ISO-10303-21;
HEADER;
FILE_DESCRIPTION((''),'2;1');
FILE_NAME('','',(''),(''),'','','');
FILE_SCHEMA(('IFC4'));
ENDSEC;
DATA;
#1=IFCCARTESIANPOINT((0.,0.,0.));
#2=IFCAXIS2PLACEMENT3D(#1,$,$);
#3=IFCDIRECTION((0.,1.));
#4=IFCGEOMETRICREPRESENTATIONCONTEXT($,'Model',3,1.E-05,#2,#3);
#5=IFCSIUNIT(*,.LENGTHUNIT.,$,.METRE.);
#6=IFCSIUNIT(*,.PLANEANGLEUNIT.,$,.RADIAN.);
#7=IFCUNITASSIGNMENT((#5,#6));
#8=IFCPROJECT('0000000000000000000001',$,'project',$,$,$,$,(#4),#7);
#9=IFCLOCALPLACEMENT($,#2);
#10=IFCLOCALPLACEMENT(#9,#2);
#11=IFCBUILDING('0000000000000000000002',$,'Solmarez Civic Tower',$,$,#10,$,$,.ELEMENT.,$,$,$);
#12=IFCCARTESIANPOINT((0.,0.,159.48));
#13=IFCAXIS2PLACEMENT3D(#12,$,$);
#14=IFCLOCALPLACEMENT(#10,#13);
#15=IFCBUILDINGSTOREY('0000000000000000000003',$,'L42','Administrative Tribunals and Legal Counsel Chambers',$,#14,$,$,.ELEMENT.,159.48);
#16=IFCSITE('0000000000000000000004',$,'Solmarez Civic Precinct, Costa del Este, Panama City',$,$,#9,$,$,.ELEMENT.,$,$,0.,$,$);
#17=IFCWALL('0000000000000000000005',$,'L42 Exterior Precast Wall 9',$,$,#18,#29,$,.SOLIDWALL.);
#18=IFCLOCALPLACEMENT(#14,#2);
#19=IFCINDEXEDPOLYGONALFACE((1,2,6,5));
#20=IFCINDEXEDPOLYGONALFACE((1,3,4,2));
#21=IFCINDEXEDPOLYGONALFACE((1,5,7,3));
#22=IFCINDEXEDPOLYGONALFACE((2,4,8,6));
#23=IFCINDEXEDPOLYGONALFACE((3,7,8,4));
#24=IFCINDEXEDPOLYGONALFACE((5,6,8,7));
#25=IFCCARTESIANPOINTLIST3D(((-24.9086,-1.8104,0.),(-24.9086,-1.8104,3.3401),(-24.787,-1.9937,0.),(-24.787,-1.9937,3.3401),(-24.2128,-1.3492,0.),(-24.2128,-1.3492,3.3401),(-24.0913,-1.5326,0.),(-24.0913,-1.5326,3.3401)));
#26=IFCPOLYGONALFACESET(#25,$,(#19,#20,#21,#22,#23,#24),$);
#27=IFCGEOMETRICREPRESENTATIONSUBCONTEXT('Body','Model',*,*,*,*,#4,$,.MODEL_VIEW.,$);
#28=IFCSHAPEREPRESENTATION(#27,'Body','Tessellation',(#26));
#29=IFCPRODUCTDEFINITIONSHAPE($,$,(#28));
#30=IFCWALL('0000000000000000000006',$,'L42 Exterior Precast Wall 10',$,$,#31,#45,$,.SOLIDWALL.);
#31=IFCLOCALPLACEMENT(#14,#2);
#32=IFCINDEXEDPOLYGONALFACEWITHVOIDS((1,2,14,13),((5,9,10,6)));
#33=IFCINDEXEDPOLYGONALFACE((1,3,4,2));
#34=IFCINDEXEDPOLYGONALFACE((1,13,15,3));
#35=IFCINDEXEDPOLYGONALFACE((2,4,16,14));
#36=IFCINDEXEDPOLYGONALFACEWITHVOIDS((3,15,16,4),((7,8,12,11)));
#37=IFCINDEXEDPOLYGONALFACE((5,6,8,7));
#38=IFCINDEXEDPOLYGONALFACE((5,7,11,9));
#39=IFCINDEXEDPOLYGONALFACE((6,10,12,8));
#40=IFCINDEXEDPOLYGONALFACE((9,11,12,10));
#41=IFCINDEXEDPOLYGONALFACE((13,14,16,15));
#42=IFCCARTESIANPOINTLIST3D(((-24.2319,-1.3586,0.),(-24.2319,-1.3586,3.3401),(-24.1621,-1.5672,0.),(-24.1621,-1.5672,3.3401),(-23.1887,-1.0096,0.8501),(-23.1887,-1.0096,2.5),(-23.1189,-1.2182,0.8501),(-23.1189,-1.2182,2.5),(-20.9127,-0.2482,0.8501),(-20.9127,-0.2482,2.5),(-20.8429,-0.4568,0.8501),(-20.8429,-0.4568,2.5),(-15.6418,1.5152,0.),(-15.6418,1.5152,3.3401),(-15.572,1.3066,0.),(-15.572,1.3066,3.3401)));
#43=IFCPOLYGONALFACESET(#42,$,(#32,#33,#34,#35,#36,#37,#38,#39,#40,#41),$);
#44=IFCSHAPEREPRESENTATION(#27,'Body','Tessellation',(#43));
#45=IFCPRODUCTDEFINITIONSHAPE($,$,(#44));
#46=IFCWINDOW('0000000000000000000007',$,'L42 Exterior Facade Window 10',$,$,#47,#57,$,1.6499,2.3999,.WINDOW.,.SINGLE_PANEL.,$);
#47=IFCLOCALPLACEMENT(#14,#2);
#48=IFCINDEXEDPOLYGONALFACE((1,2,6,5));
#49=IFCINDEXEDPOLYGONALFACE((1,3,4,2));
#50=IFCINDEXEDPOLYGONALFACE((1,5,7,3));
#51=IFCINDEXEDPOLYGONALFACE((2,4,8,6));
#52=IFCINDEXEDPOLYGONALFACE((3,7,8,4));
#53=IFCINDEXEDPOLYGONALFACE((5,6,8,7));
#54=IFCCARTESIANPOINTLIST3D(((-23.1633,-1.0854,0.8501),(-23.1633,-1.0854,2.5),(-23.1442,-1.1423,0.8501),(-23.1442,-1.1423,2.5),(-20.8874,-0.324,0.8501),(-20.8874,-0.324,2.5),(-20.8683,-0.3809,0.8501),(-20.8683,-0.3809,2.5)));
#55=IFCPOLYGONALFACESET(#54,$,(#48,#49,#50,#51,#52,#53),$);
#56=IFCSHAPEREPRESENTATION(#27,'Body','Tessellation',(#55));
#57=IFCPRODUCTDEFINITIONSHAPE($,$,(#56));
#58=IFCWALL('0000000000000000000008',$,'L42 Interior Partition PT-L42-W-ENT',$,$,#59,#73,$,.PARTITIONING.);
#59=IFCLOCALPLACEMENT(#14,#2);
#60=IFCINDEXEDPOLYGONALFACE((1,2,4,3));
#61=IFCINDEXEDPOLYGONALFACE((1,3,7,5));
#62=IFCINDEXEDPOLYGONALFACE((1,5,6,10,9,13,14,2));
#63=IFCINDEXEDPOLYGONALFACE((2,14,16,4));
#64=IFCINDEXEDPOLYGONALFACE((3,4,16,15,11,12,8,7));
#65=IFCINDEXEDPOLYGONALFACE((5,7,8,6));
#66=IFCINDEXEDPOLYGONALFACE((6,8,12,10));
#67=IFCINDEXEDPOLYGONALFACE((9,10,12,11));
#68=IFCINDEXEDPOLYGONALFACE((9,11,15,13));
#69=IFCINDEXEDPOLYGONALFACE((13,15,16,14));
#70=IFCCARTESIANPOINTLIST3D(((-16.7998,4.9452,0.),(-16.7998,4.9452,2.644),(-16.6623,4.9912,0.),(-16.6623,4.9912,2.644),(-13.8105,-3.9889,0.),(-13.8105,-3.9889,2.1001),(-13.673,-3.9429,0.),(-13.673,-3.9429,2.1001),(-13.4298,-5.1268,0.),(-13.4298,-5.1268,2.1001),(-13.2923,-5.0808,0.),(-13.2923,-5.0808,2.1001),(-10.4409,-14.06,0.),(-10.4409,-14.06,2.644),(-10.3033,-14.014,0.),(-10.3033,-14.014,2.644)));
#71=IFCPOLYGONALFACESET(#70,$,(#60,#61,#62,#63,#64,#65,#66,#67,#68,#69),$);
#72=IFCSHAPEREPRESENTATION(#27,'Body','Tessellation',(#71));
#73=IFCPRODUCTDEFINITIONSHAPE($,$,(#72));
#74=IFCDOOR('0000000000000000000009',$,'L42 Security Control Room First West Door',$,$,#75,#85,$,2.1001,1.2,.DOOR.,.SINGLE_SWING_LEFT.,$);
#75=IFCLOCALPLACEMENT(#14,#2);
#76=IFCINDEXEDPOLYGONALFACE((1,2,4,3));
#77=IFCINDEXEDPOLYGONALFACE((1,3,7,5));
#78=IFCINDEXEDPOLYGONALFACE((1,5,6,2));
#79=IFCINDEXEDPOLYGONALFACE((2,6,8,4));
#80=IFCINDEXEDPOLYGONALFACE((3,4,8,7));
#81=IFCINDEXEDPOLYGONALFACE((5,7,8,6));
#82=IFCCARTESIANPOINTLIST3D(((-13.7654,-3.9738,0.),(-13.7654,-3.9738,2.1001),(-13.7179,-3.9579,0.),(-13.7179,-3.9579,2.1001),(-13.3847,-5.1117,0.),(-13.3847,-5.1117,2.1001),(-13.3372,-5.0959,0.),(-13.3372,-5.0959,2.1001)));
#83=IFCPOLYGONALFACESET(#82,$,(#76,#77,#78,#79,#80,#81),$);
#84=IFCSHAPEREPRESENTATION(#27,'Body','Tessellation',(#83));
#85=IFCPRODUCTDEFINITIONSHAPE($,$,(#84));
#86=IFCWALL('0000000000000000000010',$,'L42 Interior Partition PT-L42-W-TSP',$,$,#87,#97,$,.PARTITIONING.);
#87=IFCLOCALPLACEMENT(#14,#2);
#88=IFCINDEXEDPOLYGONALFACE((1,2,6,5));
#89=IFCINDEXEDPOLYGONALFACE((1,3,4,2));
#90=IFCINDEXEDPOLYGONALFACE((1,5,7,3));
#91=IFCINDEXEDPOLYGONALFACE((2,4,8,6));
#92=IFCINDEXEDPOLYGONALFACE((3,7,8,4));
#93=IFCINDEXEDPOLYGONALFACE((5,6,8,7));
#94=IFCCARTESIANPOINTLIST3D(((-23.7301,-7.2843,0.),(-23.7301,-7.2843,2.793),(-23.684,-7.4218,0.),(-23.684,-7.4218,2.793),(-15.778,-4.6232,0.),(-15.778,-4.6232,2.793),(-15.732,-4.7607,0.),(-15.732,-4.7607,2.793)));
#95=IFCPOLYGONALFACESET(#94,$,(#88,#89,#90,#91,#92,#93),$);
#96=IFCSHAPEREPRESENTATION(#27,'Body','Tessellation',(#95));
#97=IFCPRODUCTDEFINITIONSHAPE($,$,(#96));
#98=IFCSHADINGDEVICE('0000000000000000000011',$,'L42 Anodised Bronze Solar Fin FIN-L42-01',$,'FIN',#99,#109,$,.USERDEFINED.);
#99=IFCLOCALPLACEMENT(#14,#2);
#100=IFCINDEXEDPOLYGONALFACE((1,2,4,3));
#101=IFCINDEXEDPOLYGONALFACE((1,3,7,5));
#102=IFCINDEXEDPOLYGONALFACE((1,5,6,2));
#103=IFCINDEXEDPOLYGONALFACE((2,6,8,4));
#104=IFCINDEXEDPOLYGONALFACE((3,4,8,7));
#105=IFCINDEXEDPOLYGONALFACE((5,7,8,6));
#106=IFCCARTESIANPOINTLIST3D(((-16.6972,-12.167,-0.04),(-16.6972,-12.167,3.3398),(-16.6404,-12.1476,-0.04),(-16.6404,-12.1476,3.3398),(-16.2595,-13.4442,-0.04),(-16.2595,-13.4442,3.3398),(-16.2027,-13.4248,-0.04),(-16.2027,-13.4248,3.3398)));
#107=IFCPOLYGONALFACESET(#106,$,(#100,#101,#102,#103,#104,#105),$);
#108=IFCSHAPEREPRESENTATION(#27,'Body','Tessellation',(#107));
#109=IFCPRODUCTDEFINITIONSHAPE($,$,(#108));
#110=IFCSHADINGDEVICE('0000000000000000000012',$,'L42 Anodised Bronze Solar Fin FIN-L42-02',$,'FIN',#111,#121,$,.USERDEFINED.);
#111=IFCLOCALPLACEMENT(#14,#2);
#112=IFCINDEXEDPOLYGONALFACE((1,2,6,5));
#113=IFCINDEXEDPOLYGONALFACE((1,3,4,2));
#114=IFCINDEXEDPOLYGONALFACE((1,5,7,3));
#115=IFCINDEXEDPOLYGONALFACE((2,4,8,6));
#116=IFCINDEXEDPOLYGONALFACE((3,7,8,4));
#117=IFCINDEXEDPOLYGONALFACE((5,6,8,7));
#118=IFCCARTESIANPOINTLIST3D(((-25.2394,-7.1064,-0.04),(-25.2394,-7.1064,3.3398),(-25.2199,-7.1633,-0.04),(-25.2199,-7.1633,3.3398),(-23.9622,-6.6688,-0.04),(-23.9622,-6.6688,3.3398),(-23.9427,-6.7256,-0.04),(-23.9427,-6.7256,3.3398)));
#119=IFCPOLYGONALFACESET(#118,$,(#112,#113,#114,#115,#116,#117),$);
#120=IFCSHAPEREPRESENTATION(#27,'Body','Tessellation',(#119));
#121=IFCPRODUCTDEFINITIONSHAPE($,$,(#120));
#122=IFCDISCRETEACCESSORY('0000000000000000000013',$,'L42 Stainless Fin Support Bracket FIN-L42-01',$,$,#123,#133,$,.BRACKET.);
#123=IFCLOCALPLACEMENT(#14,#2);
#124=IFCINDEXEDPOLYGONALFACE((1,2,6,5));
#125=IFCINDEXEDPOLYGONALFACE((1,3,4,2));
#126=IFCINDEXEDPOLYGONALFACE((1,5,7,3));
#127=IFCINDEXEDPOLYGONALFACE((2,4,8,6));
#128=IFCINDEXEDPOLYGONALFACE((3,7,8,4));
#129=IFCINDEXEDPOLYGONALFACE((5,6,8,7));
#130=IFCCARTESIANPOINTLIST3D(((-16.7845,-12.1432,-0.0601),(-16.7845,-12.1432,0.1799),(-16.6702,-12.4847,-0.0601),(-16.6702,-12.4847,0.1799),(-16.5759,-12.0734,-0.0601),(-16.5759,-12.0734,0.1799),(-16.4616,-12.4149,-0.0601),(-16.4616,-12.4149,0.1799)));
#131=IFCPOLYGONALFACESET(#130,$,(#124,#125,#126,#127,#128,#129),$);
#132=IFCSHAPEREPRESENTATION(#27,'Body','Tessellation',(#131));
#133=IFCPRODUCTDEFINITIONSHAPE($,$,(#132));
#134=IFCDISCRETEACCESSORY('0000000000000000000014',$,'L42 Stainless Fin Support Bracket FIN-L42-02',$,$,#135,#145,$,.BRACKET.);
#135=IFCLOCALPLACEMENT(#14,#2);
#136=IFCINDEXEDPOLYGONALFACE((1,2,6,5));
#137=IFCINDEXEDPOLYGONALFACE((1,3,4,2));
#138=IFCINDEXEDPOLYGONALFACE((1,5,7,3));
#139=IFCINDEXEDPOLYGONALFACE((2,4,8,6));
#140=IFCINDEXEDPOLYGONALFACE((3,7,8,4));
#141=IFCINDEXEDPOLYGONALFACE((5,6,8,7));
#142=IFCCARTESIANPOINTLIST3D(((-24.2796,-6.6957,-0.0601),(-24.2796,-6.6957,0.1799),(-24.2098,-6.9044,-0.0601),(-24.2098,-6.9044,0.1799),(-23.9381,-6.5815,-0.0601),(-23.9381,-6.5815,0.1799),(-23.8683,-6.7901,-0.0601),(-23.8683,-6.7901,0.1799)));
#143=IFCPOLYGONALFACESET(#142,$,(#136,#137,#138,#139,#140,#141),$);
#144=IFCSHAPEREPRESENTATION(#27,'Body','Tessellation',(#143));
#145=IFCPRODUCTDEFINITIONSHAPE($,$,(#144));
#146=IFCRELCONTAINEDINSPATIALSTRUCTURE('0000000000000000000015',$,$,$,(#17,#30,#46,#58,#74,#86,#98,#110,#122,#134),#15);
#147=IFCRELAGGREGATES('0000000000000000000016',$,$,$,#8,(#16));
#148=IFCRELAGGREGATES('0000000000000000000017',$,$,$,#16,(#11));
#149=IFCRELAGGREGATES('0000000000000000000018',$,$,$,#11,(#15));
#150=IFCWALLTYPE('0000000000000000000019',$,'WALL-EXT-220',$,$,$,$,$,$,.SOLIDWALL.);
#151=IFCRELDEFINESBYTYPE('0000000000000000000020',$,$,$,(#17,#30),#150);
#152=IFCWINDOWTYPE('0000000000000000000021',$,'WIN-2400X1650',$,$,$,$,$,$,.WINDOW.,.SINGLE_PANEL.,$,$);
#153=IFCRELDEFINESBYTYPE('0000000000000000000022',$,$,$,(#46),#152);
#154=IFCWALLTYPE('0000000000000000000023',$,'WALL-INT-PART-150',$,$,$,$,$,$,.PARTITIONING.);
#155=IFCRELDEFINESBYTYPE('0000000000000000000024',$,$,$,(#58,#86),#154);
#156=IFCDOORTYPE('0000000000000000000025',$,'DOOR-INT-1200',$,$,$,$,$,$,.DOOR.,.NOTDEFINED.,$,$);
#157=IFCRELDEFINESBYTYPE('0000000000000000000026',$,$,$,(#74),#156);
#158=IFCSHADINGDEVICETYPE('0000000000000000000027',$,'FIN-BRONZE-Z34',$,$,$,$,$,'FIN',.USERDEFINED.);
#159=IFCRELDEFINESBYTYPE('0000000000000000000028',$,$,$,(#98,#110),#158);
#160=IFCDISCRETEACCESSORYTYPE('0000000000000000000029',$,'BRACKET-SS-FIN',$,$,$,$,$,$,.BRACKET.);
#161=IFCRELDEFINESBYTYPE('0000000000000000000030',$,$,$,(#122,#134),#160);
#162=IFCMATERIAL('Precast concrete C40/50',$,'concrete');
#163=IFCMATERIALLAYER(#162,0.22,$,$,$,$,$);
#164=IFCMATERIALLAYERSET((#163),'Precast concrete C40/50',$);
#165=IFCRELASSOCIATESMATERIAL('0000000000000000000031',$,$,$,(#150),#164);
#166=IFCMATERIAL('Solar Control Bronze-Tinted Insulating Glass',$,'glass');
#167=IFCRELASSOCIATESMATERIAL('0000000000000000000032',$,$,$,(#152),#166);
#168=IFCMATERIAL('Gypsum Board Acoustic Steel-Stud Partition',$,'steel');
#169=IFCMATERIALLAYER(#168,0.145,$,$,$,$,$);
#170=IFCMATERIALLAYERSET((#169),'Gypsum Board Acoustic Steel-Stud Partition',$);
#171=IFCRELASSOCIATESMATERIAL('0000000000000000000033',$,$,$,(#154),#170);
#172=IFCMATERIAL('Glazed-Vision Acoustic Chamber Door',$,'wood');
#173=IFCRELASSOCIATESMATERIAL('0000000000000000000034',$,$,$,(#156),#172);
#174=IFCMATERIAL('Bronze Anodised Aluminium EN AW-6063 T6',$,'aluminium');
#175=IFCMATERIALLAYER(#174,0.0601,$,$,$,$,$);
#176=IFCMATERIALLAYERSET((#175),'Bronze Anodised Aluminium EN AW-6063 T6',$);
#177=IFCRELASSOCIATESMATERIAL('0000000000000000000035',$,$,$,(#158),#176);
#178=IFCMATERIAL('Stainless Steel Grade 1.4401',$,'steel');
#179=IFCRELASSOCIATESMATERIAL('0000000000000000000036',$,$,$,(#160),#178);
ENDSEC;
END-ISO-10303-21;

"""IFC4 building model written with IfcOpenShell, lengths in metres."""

from ifc_helpers import new_model, si_unit, direction, frame, frame_2d, origin, origin_2d, place, context, subcontext, project, spatial, rectangle, extrude, material, layer, layer_set, type_object, element, fill, save


model = new_model("IFC4")

# Units and contexts
model_context = context("Model", 3, precision=1e-05, world=origin(), true_north=direction((0.0, 1.0)))
body_context = subcontext(model_context, "Body", "Model", "MODEL_VIEW")
ifc_project = project(units=[si_unit("LENGTHUNIT", "METRE"), si_unit("PLANEANGLEUNIT", "RADIAN")], contexts=[model_context])

# Site, building, storey
site_placement = place(None, origin())
site = spatial("IfcSite", under=ifc_project, at=site_placement, Name="Solmarez Civic Precinct, Costa del Este, Panama City", CompositionType="ELEMENT", RefElevation=0.0)
building_placement = place(site_placement, origin())
building = spatial("IfcBuilding", under=site, at=building_placement, Name="Solmarez Civic Tower", CompositionType="ELEMENT")
storey_placement = place(building_placement, frame((0.0, 0.0, 159.48)))
storey = spatial("IfcBuildingStorey", under=building, at=storey_placement, Name="L42", Description="Administrative Tribunals and Legal Counsel Chambers", CompositionType="ELEMENT", Elevation=159.48)

# Shared definitions
ifc_material_1 = material(Name="Precast concrete C40/50", Category="concrete")
ifc_layer_1 = layer(ifc_material_1, 0.22)
ifc_layer_set_1 = layer_set([ifc_layer_1], Name="Precast concrete C40/50")
wall_type_1 = type_object("IfcWallType", Name="WALL-EXT-220", PredefinedType="SOLIDWALL", material=ifc_layer_set_1)
ifc_material_2 = material(Name="Solar Control Bronze-Tinted Insulating Glass", Category="glass")

# Wall
wall_1_placement = place(storey_placement, frame((-24.8479, -1.9021, 0.0), z_axis=(0.0, 0.0, 1.0), x_axis=(0.833532, 0.552471, 0.0)))
element("IfcWall", 1, at=wall_1_placement, inside=storey, type_object=wall_type_1, Name="L42 Exterior Precast Wall 9", PredefinedType="SOLIDWALL", context=body_context, shape_type="SweptSolid", body=[
    extrude(rectangle(XDim=0.8347, YDim=0.22, at=frame_2d((0.4175, 0.0))), origin(), (0.0, 0.0, 1.0), 3.3401),
])

# Wall, opening, window
wall_2_placement = place(storey_placement, frame((-24.197, -1.4629, 0.0), z_axis=(0.0, 0.0, 1.0), x_axis=(0.948338, 0.317263, 0.0)))
wall_2 = element("IfcWall", 2, at=wall_2_placement, inside=storey, type_object=wall_type_1, Name="L42 Exterior Precast Wall 10", PredefinedType="SOLIDWALL", context=body_context, shape_type="SweptSolid", body=[
    extrude(rectangle(XDim=9.0581, YDim=0.22, at=frame_2d((4.5291, 0.0))), origin(), (0.0, 0.0, 1.0), 3.3401),
])
opening_1_placement = place(wall_2_placement, frame((1.1001, 0.0, 0.8501)))
opening_1 = element("IfcOpeningElement", 3, at=opening_1_placement, cuts=wall_2, PredefinedType="OPENING", context=body_context, shape_type="SweptSolid", body=[
    extrude(rectangle(XDim=2.3999, YDim=1.6499, at=frame_2d((1.2, 0.825))), frame((0.0, 0.1199, 0.0), z_axis=(0.0, -1.0, 0.0), x_axis=(1.0, 0.0, 0.0)), (0.0, 0.0, 1.0), 0.24),
])
window_type_1 = type_object("IfcWindowType", Name="WIN-2400X1650", PartitioningType="SINGLE_PANEL", PredefinedType="WINDOW", material=ifc_material_2)
window_1_placement = place(opening_1_placement, origin())
window_1 = element("IfcWindow", 4, at=window_1_placement, inside=storey, type_object=window_type_1, Name="L42 Exterior Facade Window 10", OverallHeight=1.6499, OverallWidth=2.3999, PartitioningType="SINGLE_PANEL", PredefinedType="WINDOW", context=body_context, shape_type="SweptSolid", body=[
    extrude(rectangle(XDim=2.3999, YDim=1.6499, at=frame_2d((1.2, 0.825))), frame((0.0, 0.03, 0.0), z_axis=(0.0, -1.0, 0.0), x_axis=(1.0, 0.0, 0.0)), (0.0, 0.0, 1.0), 0.0601),
])
fill(opening_1, window_1)

# Wall, opening, door
ifc_material_3 = material(Name="Gypsum Board Acoustic Steel-Stud Partition", Category="steel")
ifc_layer_2 = layer(ifc_material_3, 0.145)
ifc_layer_set_2 = layer_set([ifc_layer_2], Name="Gypsum Board Acoustic Steel-Stud Partition")
wall_type_2 = type_object("IfcWallType", Name="WALL-INT-PART-150", PredefinedType="PARTITIONING", material=ifc_layer_set_2)
wall_3_placement = place(storey_placement, frame((-10.3721, -14.0371, 0.0), z_axis=(0.0, 0.0, 1.0), x_axis=(-0.317298, 0.948326, 0.0)))
wall_3 = element("IfcWall", 5, at=wall_3_placement, inside=storey, type_object=wall_type_2, Name="L42 Interior Partition PT-L42-W-ENT", PredefinedType="PARTITIONING", context=body_context, shape_type="SweptSolid", body=[
    extrude(rectangle(XDim=20.0408, YDim=0.145, at=frame_2d((10.0205, 0.0))), origin(), (0.0, 0.0, 1.0), 2.644),
])
opening_2_placement = place(wall_3_placement, frame((9.4199, 0.0, 0.0)))
opening_2 = element("IfcOpeningElement", 6, at=opening_2_placement, cuts=wall_3, PredefinedType="OPENING", context=body_context, shape_type="SweptSolid", body=[
    extrude(rectangle(XDim=1.2, YDim=2.1001, at=frame_2d((0.6001, 1.05))), frame((0.0, 0.0825, 0.0), z_axis=(0.0, -1.0, 0.0), x_axis=(1.0, 0.0, 0.0)), (0.0, 0.0, 1.0), 0.165),
])
ifc_material_4 = material(Name="Glazed-Vision Acoustic Chamber Door", Category="wood")
door_type = type_object("IfcDoorType", Name="DOOR-INT-1200", OperationType="NOTDEFINED", PredefinedType="DOOR", material=ifc_material_4)
door_placement = place(opening_2_placement, origin())
door = element("IfcDoor", 7, at=door_placement, inside=storey, type_object=door_type, Name="L42 Security Control Room First West Door", OperationType="SINGLE_SWING_LEFT", OverallHeight=2.1001, OverallWidth=1.2, PredefinedType="DOOR", context=body_context, shape_type="SweptSolid", body=[
    extrude(rectangle(XDim=1.2, YDim=2.1001, at=frame_2d((0.6001, 1.05))), frame((0.0, 0.0249, 0.0), z_axis=(0.0, -1.0, 0.0), x_axis=(1.0, 0.0, 0.0)), (0.0, 0.0, 1.0), 0.05),
])
fill(opening_2, door)

# Wall
wall_4_placement = place(storey_placement, frame((-15.7549, -4.6919, 0.0), z_axis=(0.0, 0.0, 1.0), x_axis=(-0.94831, -0.317346, 0.0)))
element("IfcWall", 8, at=wall_4_placement, inside=storey, type_object=wall_type_2, Name="L42 Interior Partition PT-L42-W-TSP", PredefinedType="PARTITIONING", context=body_context, shape_type="SweptSolid", body=[
    extrude(rectangle(XDim=8.3855, YDim=0.145, at=frame_2d((4.1929, 0.0))), origin(), (0.0, 0.0, 1.0), 2.793),
])

# Shading devices
ifc_material_5 = material(Name="Bronze Anodised Aluminium EN AW-6063 T6", Category="aluminium")
ifc_layer_3 = layer(ifc_material_5, 0.0601)
ifc_layer_set_3 = layer_set([ifc_layer_3], Name="Bronze Anodised Aluminium EN AW-6063 T6")
shading_device_type = type_object("IfcShadingDeviceType", Name="FIN-BRONZE-Z34", ElementType="FIN", PredefinedType="USERDEFINED", material=ifc_layer_set_3)
for number, where, z_axis, x_axis, name in (
    (9, (-16.45, -12.7959, -0.04), (0.0, 0.0, 1.0), (0.324149, -0.946006, 0.0), "L42 Anodised Bronze Solar Fin FIN-L42-01"),
    (10, (-24.5911, -6.916, -0.04), (0.0, 0.0, 1.0), (-0.945995, -0.324182, 0.0), "L42 Anodised Bronze Solar Fin FIN-L42-02"),
):
    element("IfcShadingDevice", number, at=place(storey_placement, frame(where, z_axis=z_axis, x_axis=x_axis)), inside=storey, type_object=shading_device_type, Name=name, ObjectType="FIN", PredefinedType="USERDEFINED", context=body_context, shape_type="SweptSolid", body=[
        extrude(rectangle(XDim=1.3501, YDim=0.0601, at=origin_2d()), origin(), (0.0, 0.0, 1.0), 3.3799),
    ])

# Discrete accessories
ifc_material_6 = material(Name="Stainless Steel Grade 1.4401", Category="steel")
discrete_accessory_type = type_object("IfcDiscreteAccessoryType", Name="BRACKET-SS-FIN", PredefinedType="BRACKET", material=ifc_material_6)
for number, where, z_axis, x_axis, name in (
    (11, (-16.623, -12.2791, -0.0601), (0.0, 0.0, 1.0), (0.317267, -0.948336, 0.0), "L42 Stainless Fin Support Bracket FIN-L42-01"),
    (12, (-24.074, -6.7429, -0.0601), (0.0, 0.0, 1.0), (-0.948327, -0.317293, 0.0), "L42 Stainless Fin Support Bracket FIN-L42-02"),
):
    element("IfcDiscreteAccessory", number, at=place(storey_placement, frame(where, z_axis=z_axis, x_axis=x_axis)), inside=storey, type_object=discrete_accessory_type, Name=name, PredefinedType="BRACKET", context=body_context, shape_type="SweptSolid", body=[
        extrude(rectangle(XDim=0.3601, YDim=0.22, at=origin_2d()), origin(), (0.0, 0.0, 1.0), 0.24),
    ])

save(model, "model.ifc")
